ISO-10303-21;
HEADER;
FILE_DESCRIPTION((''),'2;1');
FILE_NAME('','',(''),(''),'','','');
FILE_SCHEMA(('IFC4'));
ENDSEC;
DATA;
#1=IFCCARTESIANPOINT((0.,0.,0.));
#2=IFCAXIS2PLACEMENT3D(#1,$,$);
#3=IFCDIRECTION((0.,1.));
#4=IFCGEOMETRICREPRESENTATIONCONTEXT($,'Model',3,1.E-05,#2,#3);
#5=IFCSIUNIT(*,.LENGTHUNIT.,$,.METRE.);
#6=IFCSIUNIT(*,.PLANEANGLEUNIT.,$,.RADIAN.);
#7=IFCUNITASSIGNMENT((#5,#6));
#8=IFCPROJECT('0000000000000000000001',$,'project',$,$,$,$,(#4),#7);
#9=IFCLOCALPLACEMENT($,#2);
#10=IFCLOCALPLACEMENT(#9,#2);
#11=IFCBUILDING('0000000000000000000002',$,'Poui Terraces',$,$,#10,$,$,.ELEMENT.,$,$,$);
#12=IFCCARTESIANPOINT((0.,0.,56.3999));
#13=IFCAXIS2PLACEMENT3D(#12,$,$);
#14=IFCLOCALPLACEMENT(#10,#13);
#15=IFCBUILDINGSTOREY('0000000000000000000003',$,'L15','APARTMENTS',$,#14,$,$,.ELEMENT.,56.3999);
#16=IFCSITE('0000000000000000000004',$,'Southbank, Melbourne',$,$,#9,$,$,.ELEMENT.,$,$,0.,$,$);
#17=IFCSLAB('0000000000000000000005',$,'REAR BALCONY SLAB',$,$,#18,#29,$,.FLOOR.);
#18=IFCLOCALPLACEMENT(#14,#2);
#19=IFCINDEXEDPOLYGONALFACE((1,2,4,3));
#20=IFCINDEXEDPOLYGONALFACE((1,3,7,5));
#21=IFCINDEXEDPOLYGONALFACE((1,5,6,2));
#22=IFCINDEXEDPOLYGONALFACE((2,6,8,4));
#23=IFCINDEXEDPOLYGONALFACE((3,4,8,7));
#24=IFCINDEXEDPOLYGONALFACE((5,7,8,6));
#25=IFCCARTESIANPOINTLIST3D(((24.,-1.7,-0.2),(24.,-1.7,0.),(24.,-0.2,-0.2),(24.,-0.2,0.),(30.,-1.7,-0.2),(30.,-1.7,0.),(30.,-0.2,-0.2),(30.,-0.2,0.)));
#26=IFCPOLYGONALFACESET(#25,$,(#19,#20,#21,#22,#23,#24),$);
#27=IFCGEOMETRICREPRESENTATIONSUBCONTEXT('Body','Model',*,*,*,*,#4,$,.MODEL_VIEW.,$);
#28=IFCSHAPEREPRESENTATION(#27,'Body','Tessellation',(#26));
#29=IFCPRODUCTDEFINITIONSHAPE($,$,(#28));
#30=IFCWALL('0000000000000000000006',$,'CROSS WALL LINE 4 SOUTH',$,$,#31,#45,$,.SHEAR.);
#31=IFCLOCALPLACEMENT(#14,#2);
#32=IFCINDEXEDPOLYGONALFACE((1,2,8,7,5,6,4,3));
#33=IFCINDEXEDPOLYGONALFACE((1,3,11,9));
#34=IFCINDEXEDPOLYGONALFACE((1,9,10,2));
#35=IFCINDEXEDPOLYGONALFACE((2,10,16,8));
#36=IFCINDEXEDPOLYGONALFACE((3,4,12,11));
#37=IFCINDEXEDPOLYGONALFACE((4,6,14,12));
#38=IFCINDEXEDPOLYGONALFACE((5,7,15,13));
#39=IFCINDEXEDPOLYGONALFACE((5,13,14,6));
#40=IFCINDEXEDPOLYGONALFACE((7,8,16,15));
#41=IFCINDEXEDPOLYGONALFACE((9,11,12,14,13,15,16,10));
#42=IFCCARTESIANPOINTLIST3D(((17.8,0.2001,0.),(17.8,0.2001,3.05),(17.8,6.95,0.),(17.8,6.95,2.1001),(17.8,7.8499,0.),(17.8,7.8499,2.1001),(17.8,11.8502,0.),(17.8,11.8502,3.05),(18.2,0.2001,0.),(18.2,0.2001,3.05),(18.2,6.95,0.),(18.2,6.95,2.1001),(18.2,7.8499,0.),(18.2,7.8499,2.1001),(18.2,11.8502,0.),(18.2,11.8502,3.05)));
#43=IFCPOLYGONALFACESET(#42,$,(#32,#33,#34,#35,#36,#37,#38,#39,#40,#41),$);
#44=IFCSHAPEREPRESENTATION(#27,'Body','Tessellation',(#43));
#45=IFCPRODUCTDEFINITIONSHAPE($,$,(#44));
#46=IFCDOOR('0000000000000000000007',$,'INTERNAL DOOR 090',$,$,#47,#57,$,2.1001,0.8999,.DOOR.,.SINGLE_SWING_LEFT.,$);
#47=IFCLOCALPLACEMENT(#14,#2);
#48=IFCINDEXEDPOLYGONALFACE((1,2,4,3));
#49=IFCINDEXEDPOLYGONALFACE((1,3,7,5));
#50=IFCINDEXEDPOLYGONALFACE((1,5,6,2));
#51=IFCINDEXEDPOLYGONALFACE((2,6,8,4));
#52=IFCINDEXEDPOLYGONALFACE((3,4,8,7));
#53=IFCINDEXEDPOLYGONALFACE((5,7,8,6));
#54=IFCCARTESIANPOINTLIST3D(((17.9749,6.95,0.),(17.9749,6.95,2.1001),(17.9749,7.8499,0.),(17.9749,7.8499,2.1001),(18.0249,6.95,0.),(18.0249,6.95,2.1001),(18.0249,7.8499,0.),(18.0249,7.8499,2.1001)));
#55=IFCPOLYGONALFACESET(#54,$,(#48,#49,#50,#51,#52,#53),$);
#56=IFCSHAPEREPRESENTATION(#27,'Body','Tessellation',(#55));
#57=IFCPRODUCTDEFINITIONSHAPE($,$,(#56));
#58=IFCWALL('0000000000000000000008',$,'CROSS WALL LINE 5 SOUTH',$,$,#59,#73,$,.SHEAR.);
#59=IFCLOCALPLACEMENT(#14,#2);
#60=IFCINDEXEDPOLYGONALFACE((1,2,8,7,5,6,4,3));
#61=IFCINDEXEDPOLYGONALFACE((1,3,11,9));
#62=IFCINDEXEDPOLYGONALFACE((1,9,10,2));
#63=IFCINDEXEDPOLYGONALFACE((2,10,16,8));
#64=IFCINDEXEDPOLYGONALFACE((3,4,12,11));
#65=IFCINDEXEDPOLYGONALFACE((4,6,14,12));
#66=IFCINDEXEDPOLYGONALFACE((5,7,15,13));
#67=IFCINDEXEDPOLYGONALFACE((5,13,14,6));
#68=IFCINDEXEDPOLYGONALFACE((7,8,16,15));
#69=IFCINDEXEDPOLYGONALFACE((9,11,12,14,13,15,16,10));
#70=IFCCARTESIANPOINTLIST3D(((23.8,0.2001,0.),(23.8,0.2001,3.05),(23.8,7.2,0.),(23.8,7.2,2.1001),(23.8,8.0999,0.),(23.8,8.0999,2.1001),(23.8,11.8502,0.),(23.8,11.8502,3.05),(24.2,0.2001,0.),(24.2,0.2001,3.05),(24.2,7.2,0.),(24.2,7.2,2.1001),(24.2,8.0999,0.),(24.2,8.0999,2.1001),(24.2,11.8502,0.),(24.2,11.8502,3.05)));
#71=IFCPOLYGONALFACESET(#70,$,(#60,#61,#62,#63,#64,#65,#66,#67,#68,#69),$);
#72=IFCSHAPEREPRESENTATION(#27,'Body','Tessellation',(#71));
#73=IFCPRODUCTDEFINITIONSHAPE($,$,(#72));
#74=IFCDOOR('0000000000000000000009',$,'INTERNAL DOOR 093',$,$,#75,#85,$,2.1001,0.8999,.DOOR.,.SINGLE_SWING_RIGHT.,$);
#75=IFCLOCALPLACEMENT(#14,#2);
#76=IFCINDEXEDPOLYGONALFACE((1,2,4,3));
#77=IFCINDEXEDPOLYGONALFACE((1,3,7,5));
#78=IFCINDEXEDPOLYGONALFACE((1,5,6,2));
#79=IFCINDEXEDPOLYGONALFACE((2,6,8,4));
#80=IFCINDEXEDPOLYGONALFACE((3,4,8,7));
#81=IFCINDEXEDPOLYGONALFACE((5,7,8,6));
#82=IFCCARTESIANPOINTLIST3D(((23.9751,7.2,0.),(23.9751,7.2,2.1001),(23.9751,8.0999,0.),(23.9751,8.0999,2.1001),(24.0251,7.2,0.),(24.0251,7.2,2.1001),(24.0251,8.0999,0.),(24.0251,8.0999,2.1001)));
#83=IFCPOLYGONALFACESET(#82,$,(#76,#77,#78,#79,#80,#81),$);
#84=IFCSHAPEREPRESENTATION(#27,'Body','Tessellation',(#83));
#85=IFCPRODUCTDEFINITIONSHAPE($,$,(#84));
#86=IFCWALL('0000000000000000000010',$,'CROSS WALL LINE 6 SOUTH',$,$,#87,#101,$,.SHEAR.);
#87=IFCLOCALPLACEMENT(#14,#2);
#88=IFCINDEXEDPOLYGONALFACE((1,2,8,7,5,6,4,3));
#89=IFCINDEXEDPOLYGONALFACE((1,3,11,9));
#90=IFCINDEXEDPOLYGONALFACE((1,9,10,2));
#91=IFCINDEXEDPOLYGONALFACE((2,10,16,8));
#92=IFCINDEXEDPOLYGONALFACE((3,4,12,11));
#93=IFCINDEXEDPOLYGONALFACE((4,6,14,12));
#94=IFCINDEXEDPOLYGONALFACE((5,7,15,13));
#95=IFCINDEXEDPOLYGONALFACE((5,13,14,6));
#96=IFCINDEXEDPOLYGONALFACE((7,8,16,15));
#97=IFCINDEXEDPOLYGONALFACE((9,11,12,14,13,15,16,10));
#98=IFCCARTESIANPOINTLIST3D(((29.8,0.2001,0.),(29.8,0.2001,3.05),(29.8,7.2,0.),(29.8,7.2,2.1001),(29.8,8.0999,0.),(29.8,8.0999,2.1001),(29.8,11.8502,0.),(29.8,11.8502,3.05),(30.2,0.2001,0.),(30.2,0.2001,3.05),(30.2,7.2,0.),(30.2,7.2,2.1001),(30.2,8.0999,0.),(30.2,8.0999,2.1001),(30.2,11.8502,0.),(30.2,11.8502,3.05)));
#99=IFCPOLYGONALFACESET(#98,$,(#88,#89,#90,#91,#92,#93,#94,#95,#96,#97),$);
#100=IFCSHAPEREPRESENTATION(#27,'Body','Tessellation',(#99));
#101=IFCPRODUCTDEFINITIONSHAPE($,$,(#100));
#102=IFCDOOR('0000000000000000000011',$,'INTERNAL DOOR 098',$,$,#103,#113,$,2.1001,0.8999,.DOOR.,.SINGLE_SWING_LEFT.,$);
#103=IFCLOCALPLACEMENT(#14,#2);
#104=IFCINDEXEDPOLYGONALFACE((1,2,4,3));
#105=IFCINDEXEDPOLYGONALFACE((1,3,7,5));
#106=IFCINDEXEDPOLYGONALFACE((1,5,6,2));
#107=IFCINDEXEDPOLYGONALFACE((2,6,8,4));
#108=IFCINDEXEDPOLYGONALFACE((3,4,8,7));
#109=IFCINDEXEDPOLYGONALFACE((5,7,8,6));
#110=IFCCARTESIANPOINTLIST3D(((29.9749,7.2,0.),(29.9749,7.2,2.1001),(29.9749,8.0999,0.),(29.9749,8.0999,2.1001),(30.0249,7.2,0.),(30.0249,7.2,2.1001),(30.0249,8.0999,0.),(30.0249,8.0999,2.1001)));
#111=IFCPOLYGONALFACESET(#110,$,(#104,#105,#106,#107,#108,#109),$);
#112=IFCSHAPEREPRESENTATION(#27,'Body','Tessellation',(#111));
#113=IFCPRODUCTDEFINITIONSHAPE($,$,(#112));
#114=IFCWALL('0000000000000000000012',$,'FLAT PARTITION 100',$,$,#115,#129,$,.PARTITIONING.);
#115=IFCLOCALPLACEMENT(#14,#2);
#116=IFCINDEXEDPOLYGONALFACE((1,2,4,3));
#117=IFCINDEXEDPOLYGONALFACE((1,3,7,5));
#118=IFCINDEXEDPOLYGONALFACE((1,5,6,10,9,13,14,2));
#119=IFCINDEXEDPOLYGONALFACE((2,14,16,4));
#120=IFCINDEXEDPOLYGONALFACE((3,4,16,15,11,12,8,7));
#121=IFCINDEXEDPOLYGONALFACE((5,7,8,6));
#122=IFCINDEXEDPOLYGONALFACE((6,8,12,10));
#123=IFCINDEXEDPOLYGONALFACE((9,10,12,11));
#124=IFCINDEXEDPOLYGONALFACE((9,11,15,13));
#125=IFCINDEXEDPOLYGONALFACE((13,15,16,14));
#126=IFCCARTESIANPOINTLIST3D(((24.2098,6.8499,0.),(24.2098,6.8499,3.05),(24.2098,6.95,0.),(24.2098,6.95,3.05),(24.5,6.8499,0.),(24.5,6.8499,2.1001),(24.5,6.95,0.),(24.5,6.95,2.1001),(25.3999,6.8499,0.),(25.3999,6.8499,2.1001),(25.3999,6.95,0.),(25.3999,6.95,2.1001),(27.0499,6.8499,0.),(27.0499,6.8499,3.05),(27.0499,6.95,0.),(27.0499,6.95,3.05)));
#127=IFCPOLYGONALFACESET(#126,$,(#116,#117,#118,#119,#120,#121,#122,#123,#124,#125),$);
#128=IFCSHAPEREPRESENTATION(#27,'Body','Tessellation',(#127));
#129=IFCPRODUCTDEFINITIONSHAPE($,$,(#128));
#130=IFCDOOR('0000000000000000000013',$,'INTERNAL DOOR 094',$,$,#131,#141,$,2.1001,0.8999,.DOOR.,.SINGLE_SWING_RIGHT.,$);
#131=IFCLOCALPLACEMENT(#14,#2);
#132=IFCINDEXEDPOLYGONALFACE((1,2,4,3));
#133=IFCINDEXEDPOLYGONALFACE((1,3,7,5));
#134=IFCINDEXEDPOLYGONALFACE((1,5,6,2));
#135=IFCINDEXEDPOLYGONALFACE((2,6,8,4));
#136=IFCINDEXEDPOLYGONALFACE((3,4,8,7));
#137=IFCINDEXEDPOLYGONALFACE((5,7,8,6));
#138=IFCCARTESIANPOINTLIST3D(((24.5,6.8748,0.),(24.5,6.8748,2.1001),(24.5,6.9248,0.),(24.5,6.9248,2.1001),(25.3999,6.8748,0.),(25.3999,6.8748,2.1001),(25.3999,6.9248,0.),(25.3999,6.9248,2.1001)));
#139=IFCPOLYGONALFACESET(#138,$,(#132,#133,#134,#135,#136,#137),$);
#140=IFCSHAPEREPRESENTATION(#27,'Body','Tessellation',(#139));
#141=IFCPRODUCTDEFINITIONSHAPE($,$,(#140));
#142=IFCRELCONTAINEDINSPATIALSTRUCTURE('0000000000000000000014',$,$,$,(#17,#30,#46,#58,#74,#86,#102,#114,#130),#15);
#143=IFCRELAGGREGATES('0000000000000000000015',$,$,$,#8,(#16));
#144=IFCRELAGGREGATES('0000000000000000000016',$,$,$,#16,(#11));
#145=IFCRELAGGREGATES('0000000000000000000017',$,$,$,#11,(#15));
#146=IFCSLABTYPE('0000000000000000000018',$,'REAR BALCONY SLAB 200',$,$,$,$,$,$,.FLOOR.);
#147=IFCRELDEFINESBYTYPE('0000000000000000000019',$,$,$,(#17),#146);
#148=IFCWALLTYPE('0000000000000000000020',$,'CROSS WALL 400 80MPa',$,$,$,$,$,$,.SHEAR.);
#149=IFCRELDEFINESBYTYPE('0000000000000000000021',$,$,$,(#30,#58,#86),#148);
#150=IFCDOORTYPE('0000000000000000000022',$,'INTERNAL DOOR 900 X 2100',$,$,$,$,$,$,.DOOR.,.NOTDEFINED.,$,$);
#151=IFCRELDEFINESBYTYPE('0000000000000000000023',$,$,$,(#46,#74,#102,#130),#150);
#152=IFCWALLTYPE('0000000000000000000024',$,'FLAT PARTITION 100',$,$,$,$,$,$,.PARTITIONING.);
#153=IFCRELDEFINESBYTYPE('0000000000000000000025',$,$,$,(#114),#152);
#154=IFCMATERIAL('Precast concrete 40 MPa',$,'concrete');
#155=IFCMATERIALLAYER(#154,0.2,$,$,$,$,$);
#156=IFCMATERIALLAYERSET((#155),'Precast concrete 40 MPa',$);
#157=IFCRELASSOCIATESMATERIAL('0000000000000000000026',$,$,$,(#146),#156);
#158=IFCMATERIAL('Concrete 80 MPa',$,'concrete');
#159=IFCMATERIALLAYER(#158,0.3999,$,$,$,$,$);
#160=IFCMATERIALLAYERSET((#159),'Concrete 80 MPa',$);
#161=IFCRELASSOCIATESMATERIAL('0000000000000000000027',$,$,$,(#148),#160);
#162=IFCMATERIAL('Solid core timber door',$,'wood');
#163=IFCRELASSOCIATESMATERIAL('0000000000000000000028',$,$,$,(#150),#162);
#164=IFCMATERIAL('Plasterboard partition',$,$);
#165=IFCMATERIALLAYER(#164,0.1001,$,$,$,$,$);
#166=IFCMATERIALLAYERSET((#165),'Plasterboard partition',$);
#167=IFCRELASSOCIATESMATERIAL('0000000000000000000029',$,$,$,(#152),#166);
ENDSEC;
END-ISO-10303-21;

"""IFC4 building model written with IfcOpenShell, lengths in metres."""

from ifc_helpers import new_model, si_unit, direction, frame, frame_2d, origin, place, context, subcontext, project, spatial, polyline, rectangle, outline, extrude, source, transform, mapped, material, layer, layer_set, type_object, element, fill, save


model = new_model("IFC4")

# Units and contexts
model_context = context("Model", 3, precision=1e-05, world=origin(), true_north=direction((0.0, 1.0)))
body_context = subcontext(model_context, "Body", "Model", "MODEL_VIEW")
ifc_project = project(units=[si_unit("LENGTHUNIT", "METRE"), si_unit("PLANEANGLEUNIT", "RADIAN")], contexts=[model_context])

# Site, building, storey
site_placement = place(None, origin())
site = spatial("IfcSite", under=ifc_project, at=site_placement, Name="Southbank, Melbourne", CompositionType="ELEMENT", RefElevation=0.0)
building_placement = place(site_placement, origin())
building = spatial("IfcBuilding", under=site, at=building_placement, Name="Poui Terraces", CompositionType="ELEMENT")
storey_placement = place(building_placement, frame((0.0, 0.0, 56.3999)))
storey = spatial("IfcBuildingStorey", under=building, at=storey_placement, Name="L15", Description="APARTMENTS", CompositionType="ELEMENT", Elevation=56.3999)

# Slab
ifc_material_1 = material(Name="Precast concrete 40 MPa", Category="concrete")
ifc_layer_1 = layer(ifc_material_1, 0.2)
ifc_layer_set_1 = layer_set([ifc_layer_1], Name="Precast concrete 40 MPa")
slab_type = type_object("IfcSlabType", Name="REAR BALCONY SLAB 200", PredefinedType="FLOOR", material=ifc_layer_set_1)
shared_shape_1 = source(origin(), body_context, "Body", "SweptSolid", [
    extrude(outline(polyline([(0.0, 0.0), (6.0, 0.0), (6.0, 1.5), (0.0, 1.5), (0.0, 0.0)])), origin(), (0.0, 0.0, 1.0), 0.2),
])
slab_placement = place(storey_placement, frame((24.0, -1.7, -0.2)))
element("IfcSlab", 1, at=slab_placement, inside=storey, type_object=slab_type, Name="REAR BALCONY SLAB", PredefinedType="FLOOR", context=body_context, shape_type="MappedRepresentation", body=[
    mapped(shared_shape_1, transform((0.0, 0.0, 0.0))),
])

# Walls, openings, doors
ifc_material_2 = material(Name="Concrete 80 MPa", Category="concrete")
ifc_layer_2 = layer(ifc_material_2, 0.3999)
ifc_layer_set_2 = layer_set([ifc_layer_2], Name="Concrete 80 MPa")
wall_type_1 = type_object("IfcWallType", Name="CROSS WALL 400 80MPa", PredefinedType="SHEAR", material=ifc_layer_set_2)
wall_1_placement = place(storey_placement, frame((18.0, 0.2, 0.0), z_axis=(0.0, 0.0, 1.0), x_axis=(0.0, 1.0, 0.0)))
wall_1 = element("IfcWall", 2, at=wall_1_placement, inside=storey, type_object=wall_type_1, Name="CROSS WALL LINE 4 SOUTH", PredefinedType="SHEAR", context=body_context, shape_type="SweptSolid", body=[
    extrude(rectangle(XDim=11.6501, YDim=0.3999, at=frame_2d((5.8252, 0.0))), origin(), (0.0, 0.0, 1.0), 3.05),
])
opening_1_placement = place(wall_1_placement, frame((6.75, 0.0, 0.0)))
opening_1 = element("IfcOpeningElement", 3, at=opening_1_placement, cuts=wall_1, PredefinedType="OPENING", context=body_context, shape_type="SweptSolid", body=[
    extrude(rectangle(XDim=0.8999, YDim=2.1001, at=frame_2d((0.45, 1.05))), frame((0.0, 0.21, 0.0), z_axis=(0.0, -1.0, 0.0), x_axis=(1.0, 0.0, 0.0)), (0.0, 0.0, 1.0), 0.4199),
])
ifc_material_3 = material(Name="Solid core timber door", Category="wood")
door_type_1 = type_object("IfcDoorType", Name="INTERNAL DOOR 900 X 2100", OperationType="NOTDEFINED", PredefinedType="DOOR", material=ifc_material_3)
door_1_placement = place(opening_1_placement, frame((0.8999, 0.0, 0.0), z_axis=(0.0, 0.0, 1.0), x_axis=(-1.0, 0.0, 0.0)))
door_1 = element("IfcDoor", 4, at=door_1_placement, inside=storey, type_object=door_type_1, Name="INTERNAL DOOR 090", OperationType="SINGLE_SWING_LEFT", OverallHeight=2.1001, OverallWidth=0.8999, PredefinedType="DOOR", context=body_context, shape_type="SweptSolid", body=[
    extrude(rectangle(XDim=0.8999, YDim=2.1001, at=frame_2d((0.45, 1.05))), frame((0.0, 0.0249, 0.0), z_axis=(0.0, -1.0, 0.0), x_axis=(1.0, 0.0, 0.0)), (0.0, 0.0, 1.0), 0.05),
])
fill(opening_1, door_1)
wall_2_placement = place(storey_placement, frame((24.0, 0.2, 0.0), z_axis=(0.0, 0.0, 1.0), x_axis=(0.0, 1.0, 0.0)))
wall_2 = element("IfcWall", 5, at=wall_2_placement, inside=storey, type_object=wall_type_1, Name="CROSS WALL LINE 5 SOUTH", PredefinedType="SHEAR", context=body_context, shape_type="SweptSolid", body=[
    extrude(rectangle(XDim=11.6501, YDim=0.3999, at=frame_2d((5.8252, 0.0))), origin(), (0.0, 0.0, 1.0), 3.05),
])
opening_2_placement = place(wall_2_placement, frame((7.0, 0.0, 0.0)))
opening_2 = element("IfcOpeningElement", 6, at=opening_2_placement, cuts=wall_2, PredefinedType="OPENING", context=body_context, shape_type="SweptSolid", body=[
    extrude(rectangle(XDim=0.8999, YDim=2.1001, at=frame_2d((0.45, 1.05))), frame((0.0, 0.21, 0.0), z_axis=(0.0, -1.0, 0.0), x_axis=(1.0, 0.0, 0.0)), (0.0, 0.0, 1.0), 0.4199),
])
door_2_placement = place(opening_2_placement, origin())
door_2 = element("IfcDoor", 7, at=door_2_placement, inside=storey, type_object=door_type_1, Name="INTERNAL DOOR 093", OperationType="SINGLE_SWING_RIGHT", OverallHeight=2.1001, OverallWidth=0.8999, PredefinedType="DOOR", context=body_context, shape_type="SweptSolid", body=[
    extrude(rectangle(XDim=0.8999, YDim=2.1001, at=frame_2d((0.45, 1.05))), frame((0.0, 0.0249, 0.0), z_axis=(0.0, -1.0, 0.0), x_axis=(1.0, 0.0, 0.0)), (0.0, 0.0, 1.0), 0.05),
])
fill(opening_2, door_2)
wall_3_placement = place(storey_placement, frame((30.0, 0.2, 0.0), z_axis=(0.0, 0.0, 1.0), x_axis=(0.0, 1.0, 0.0)))
wall_3 = element("IfcWall", 8, at=wall_3_placement, inside=storey, type_object=wall_type_1, Name="CROSS WALL LINE 6 SOUTH", PredefinedType="SHEAR", context=body_context, shape_type="SweptSolid", body=[
    extrude(rectangle(XDim=11.6501, YDim=0.3999, at=frame_2d((5.8252, 0.0))), origin(), (0.0, 0.0, 1.0), 3.05),
])
opening_3_placement = place(wall_3_placement, frame((7.0, 0.0, 0.0)))
opening_3 = element("IfcOpeningElement", 9, at=opening_3_placement, cuts=wall_3, PredefinedType="OPENING", context=body_context, shape_type="SweptSolid", body=[
    extrude(rectangle(XDim=0.8999, YDim=2.1001, at=frame_2d((0.45, 1.05))), frame((0.0, 0.21, 0.0), z_axis=(0.0, -1.0, 0.0), x_axis=(1.0, 0.0, 0.0)), (0.0, 0.0, 1.0), 0.4199),
])
door_3_placement = place(opening_3_placement, frame((0.8999, 0.0, 0.0), z_axis=(0.0, 0.0, 1.0), x_axis=(-1.0, 0.0, 0.0)))
door_3 = element("IfcDoor", 10, at=door_3_placement, inside=storey, type_object=door_type_1, Name="INTERNAL DOOR 098", OperationType="SINGLE_SWING_LEFT", OverallHeight=2.1001, OverallWidth=0.8999, PredefinedType="DOOR", context=body_context, shape_type="SweptSolid", body=[
    extrude(rectangle(XDim=0.8999, YDim=2.1001, at=frame_2d((0.45, 1.05))), frame((0.0, 0.0249, 0.0), z_axis=(0.0, -1.0, 0.0), x_axis=(1.0, 0.0, 0.0)), (0.0, 0.0, 1.0), 0.05),
])
fill(opening_3, door_3)
ifc_material_4 = material(Name="Plasterboard partition")
ifc_layer_3 = layer(ifc_material_4, 0.1001)
ifc_layer_set_3 = layer_set([ifc_layer_3], Name="Plasterboard partition")
wall_type_2 = type_object("IfcWallType", Name="FLAT PARTITION 100", PredefinedType="PARTITIONING", material=ifc_layer_set_3)
wall_4_placement = place(storey_placement, frame((24.21, 6.8999, 0.0), z_axis=(0.0, 0.0, 1.0), x_axis=(1.0, 0.0, 0.0)))
wall_4 = element("IfcWall", 11, at=wall_4_placement, inside=storey, type_object=wall_type_2, Name="FLAT PARTITION 100", PredefinedType="PARTITIONING", context=body_context, shape_type="SweptSolid", body=[
    extrude(rectangle(XDim=2.8401, YDim=0.1001, at=frame_2d((1.4199, 0.0))), origin(), (0.0, 0.0, 1.0), 3.05),
])
opening_4_placement = place(wall_4_placement, frame((0.29, 0.0, 0.0)))
opening_4 = element("IfcOpeningElement", 12, at=opening_4_placement, cuts=wall_4, PredefinedType="OPENING", context=body_context, shape_type="SweptSolid", body=[
    extrude(rectangle(XDim=0.8999, YDim=2.1001, at=frame_2d((0.45, 1.05))), frame((0.0, 0.0601, 0.0), z_axis=(0.0, -1.0, 0.0), x_axis=(1.0, 0.0, 0.0)), (0.0, 0.0, 1.0), 0.1201),
])
door_4_placement = place(opening_4_placement, origin())
door_4 = element("IfcDoor", 13, at=door_4_placement, inside=storey, type_object=door_type_1, Name="INTERNAL DOOR 094", OperationType="SINGLE_SWING_RIGHT", OverallHeight=2.1001, OverallWidth=0.8999, PredefinedType="DOOR", context=body_context, shape_type="SweptSolid", body=[
    extrude(rectangle(XDim=0.8999, YDim=2.1001, at=frame_2d((0.45, 1.05))), frame((0.0, 0.0249, 0.0), z_axis=(0.0, -1.0, 0.0), x_axis=(1.0, 0.0, 0.0)), (0.0, 0.0, 1.0), 0.05),
])
fill(opening_4, door_4)

save(model, "model.ifc")
